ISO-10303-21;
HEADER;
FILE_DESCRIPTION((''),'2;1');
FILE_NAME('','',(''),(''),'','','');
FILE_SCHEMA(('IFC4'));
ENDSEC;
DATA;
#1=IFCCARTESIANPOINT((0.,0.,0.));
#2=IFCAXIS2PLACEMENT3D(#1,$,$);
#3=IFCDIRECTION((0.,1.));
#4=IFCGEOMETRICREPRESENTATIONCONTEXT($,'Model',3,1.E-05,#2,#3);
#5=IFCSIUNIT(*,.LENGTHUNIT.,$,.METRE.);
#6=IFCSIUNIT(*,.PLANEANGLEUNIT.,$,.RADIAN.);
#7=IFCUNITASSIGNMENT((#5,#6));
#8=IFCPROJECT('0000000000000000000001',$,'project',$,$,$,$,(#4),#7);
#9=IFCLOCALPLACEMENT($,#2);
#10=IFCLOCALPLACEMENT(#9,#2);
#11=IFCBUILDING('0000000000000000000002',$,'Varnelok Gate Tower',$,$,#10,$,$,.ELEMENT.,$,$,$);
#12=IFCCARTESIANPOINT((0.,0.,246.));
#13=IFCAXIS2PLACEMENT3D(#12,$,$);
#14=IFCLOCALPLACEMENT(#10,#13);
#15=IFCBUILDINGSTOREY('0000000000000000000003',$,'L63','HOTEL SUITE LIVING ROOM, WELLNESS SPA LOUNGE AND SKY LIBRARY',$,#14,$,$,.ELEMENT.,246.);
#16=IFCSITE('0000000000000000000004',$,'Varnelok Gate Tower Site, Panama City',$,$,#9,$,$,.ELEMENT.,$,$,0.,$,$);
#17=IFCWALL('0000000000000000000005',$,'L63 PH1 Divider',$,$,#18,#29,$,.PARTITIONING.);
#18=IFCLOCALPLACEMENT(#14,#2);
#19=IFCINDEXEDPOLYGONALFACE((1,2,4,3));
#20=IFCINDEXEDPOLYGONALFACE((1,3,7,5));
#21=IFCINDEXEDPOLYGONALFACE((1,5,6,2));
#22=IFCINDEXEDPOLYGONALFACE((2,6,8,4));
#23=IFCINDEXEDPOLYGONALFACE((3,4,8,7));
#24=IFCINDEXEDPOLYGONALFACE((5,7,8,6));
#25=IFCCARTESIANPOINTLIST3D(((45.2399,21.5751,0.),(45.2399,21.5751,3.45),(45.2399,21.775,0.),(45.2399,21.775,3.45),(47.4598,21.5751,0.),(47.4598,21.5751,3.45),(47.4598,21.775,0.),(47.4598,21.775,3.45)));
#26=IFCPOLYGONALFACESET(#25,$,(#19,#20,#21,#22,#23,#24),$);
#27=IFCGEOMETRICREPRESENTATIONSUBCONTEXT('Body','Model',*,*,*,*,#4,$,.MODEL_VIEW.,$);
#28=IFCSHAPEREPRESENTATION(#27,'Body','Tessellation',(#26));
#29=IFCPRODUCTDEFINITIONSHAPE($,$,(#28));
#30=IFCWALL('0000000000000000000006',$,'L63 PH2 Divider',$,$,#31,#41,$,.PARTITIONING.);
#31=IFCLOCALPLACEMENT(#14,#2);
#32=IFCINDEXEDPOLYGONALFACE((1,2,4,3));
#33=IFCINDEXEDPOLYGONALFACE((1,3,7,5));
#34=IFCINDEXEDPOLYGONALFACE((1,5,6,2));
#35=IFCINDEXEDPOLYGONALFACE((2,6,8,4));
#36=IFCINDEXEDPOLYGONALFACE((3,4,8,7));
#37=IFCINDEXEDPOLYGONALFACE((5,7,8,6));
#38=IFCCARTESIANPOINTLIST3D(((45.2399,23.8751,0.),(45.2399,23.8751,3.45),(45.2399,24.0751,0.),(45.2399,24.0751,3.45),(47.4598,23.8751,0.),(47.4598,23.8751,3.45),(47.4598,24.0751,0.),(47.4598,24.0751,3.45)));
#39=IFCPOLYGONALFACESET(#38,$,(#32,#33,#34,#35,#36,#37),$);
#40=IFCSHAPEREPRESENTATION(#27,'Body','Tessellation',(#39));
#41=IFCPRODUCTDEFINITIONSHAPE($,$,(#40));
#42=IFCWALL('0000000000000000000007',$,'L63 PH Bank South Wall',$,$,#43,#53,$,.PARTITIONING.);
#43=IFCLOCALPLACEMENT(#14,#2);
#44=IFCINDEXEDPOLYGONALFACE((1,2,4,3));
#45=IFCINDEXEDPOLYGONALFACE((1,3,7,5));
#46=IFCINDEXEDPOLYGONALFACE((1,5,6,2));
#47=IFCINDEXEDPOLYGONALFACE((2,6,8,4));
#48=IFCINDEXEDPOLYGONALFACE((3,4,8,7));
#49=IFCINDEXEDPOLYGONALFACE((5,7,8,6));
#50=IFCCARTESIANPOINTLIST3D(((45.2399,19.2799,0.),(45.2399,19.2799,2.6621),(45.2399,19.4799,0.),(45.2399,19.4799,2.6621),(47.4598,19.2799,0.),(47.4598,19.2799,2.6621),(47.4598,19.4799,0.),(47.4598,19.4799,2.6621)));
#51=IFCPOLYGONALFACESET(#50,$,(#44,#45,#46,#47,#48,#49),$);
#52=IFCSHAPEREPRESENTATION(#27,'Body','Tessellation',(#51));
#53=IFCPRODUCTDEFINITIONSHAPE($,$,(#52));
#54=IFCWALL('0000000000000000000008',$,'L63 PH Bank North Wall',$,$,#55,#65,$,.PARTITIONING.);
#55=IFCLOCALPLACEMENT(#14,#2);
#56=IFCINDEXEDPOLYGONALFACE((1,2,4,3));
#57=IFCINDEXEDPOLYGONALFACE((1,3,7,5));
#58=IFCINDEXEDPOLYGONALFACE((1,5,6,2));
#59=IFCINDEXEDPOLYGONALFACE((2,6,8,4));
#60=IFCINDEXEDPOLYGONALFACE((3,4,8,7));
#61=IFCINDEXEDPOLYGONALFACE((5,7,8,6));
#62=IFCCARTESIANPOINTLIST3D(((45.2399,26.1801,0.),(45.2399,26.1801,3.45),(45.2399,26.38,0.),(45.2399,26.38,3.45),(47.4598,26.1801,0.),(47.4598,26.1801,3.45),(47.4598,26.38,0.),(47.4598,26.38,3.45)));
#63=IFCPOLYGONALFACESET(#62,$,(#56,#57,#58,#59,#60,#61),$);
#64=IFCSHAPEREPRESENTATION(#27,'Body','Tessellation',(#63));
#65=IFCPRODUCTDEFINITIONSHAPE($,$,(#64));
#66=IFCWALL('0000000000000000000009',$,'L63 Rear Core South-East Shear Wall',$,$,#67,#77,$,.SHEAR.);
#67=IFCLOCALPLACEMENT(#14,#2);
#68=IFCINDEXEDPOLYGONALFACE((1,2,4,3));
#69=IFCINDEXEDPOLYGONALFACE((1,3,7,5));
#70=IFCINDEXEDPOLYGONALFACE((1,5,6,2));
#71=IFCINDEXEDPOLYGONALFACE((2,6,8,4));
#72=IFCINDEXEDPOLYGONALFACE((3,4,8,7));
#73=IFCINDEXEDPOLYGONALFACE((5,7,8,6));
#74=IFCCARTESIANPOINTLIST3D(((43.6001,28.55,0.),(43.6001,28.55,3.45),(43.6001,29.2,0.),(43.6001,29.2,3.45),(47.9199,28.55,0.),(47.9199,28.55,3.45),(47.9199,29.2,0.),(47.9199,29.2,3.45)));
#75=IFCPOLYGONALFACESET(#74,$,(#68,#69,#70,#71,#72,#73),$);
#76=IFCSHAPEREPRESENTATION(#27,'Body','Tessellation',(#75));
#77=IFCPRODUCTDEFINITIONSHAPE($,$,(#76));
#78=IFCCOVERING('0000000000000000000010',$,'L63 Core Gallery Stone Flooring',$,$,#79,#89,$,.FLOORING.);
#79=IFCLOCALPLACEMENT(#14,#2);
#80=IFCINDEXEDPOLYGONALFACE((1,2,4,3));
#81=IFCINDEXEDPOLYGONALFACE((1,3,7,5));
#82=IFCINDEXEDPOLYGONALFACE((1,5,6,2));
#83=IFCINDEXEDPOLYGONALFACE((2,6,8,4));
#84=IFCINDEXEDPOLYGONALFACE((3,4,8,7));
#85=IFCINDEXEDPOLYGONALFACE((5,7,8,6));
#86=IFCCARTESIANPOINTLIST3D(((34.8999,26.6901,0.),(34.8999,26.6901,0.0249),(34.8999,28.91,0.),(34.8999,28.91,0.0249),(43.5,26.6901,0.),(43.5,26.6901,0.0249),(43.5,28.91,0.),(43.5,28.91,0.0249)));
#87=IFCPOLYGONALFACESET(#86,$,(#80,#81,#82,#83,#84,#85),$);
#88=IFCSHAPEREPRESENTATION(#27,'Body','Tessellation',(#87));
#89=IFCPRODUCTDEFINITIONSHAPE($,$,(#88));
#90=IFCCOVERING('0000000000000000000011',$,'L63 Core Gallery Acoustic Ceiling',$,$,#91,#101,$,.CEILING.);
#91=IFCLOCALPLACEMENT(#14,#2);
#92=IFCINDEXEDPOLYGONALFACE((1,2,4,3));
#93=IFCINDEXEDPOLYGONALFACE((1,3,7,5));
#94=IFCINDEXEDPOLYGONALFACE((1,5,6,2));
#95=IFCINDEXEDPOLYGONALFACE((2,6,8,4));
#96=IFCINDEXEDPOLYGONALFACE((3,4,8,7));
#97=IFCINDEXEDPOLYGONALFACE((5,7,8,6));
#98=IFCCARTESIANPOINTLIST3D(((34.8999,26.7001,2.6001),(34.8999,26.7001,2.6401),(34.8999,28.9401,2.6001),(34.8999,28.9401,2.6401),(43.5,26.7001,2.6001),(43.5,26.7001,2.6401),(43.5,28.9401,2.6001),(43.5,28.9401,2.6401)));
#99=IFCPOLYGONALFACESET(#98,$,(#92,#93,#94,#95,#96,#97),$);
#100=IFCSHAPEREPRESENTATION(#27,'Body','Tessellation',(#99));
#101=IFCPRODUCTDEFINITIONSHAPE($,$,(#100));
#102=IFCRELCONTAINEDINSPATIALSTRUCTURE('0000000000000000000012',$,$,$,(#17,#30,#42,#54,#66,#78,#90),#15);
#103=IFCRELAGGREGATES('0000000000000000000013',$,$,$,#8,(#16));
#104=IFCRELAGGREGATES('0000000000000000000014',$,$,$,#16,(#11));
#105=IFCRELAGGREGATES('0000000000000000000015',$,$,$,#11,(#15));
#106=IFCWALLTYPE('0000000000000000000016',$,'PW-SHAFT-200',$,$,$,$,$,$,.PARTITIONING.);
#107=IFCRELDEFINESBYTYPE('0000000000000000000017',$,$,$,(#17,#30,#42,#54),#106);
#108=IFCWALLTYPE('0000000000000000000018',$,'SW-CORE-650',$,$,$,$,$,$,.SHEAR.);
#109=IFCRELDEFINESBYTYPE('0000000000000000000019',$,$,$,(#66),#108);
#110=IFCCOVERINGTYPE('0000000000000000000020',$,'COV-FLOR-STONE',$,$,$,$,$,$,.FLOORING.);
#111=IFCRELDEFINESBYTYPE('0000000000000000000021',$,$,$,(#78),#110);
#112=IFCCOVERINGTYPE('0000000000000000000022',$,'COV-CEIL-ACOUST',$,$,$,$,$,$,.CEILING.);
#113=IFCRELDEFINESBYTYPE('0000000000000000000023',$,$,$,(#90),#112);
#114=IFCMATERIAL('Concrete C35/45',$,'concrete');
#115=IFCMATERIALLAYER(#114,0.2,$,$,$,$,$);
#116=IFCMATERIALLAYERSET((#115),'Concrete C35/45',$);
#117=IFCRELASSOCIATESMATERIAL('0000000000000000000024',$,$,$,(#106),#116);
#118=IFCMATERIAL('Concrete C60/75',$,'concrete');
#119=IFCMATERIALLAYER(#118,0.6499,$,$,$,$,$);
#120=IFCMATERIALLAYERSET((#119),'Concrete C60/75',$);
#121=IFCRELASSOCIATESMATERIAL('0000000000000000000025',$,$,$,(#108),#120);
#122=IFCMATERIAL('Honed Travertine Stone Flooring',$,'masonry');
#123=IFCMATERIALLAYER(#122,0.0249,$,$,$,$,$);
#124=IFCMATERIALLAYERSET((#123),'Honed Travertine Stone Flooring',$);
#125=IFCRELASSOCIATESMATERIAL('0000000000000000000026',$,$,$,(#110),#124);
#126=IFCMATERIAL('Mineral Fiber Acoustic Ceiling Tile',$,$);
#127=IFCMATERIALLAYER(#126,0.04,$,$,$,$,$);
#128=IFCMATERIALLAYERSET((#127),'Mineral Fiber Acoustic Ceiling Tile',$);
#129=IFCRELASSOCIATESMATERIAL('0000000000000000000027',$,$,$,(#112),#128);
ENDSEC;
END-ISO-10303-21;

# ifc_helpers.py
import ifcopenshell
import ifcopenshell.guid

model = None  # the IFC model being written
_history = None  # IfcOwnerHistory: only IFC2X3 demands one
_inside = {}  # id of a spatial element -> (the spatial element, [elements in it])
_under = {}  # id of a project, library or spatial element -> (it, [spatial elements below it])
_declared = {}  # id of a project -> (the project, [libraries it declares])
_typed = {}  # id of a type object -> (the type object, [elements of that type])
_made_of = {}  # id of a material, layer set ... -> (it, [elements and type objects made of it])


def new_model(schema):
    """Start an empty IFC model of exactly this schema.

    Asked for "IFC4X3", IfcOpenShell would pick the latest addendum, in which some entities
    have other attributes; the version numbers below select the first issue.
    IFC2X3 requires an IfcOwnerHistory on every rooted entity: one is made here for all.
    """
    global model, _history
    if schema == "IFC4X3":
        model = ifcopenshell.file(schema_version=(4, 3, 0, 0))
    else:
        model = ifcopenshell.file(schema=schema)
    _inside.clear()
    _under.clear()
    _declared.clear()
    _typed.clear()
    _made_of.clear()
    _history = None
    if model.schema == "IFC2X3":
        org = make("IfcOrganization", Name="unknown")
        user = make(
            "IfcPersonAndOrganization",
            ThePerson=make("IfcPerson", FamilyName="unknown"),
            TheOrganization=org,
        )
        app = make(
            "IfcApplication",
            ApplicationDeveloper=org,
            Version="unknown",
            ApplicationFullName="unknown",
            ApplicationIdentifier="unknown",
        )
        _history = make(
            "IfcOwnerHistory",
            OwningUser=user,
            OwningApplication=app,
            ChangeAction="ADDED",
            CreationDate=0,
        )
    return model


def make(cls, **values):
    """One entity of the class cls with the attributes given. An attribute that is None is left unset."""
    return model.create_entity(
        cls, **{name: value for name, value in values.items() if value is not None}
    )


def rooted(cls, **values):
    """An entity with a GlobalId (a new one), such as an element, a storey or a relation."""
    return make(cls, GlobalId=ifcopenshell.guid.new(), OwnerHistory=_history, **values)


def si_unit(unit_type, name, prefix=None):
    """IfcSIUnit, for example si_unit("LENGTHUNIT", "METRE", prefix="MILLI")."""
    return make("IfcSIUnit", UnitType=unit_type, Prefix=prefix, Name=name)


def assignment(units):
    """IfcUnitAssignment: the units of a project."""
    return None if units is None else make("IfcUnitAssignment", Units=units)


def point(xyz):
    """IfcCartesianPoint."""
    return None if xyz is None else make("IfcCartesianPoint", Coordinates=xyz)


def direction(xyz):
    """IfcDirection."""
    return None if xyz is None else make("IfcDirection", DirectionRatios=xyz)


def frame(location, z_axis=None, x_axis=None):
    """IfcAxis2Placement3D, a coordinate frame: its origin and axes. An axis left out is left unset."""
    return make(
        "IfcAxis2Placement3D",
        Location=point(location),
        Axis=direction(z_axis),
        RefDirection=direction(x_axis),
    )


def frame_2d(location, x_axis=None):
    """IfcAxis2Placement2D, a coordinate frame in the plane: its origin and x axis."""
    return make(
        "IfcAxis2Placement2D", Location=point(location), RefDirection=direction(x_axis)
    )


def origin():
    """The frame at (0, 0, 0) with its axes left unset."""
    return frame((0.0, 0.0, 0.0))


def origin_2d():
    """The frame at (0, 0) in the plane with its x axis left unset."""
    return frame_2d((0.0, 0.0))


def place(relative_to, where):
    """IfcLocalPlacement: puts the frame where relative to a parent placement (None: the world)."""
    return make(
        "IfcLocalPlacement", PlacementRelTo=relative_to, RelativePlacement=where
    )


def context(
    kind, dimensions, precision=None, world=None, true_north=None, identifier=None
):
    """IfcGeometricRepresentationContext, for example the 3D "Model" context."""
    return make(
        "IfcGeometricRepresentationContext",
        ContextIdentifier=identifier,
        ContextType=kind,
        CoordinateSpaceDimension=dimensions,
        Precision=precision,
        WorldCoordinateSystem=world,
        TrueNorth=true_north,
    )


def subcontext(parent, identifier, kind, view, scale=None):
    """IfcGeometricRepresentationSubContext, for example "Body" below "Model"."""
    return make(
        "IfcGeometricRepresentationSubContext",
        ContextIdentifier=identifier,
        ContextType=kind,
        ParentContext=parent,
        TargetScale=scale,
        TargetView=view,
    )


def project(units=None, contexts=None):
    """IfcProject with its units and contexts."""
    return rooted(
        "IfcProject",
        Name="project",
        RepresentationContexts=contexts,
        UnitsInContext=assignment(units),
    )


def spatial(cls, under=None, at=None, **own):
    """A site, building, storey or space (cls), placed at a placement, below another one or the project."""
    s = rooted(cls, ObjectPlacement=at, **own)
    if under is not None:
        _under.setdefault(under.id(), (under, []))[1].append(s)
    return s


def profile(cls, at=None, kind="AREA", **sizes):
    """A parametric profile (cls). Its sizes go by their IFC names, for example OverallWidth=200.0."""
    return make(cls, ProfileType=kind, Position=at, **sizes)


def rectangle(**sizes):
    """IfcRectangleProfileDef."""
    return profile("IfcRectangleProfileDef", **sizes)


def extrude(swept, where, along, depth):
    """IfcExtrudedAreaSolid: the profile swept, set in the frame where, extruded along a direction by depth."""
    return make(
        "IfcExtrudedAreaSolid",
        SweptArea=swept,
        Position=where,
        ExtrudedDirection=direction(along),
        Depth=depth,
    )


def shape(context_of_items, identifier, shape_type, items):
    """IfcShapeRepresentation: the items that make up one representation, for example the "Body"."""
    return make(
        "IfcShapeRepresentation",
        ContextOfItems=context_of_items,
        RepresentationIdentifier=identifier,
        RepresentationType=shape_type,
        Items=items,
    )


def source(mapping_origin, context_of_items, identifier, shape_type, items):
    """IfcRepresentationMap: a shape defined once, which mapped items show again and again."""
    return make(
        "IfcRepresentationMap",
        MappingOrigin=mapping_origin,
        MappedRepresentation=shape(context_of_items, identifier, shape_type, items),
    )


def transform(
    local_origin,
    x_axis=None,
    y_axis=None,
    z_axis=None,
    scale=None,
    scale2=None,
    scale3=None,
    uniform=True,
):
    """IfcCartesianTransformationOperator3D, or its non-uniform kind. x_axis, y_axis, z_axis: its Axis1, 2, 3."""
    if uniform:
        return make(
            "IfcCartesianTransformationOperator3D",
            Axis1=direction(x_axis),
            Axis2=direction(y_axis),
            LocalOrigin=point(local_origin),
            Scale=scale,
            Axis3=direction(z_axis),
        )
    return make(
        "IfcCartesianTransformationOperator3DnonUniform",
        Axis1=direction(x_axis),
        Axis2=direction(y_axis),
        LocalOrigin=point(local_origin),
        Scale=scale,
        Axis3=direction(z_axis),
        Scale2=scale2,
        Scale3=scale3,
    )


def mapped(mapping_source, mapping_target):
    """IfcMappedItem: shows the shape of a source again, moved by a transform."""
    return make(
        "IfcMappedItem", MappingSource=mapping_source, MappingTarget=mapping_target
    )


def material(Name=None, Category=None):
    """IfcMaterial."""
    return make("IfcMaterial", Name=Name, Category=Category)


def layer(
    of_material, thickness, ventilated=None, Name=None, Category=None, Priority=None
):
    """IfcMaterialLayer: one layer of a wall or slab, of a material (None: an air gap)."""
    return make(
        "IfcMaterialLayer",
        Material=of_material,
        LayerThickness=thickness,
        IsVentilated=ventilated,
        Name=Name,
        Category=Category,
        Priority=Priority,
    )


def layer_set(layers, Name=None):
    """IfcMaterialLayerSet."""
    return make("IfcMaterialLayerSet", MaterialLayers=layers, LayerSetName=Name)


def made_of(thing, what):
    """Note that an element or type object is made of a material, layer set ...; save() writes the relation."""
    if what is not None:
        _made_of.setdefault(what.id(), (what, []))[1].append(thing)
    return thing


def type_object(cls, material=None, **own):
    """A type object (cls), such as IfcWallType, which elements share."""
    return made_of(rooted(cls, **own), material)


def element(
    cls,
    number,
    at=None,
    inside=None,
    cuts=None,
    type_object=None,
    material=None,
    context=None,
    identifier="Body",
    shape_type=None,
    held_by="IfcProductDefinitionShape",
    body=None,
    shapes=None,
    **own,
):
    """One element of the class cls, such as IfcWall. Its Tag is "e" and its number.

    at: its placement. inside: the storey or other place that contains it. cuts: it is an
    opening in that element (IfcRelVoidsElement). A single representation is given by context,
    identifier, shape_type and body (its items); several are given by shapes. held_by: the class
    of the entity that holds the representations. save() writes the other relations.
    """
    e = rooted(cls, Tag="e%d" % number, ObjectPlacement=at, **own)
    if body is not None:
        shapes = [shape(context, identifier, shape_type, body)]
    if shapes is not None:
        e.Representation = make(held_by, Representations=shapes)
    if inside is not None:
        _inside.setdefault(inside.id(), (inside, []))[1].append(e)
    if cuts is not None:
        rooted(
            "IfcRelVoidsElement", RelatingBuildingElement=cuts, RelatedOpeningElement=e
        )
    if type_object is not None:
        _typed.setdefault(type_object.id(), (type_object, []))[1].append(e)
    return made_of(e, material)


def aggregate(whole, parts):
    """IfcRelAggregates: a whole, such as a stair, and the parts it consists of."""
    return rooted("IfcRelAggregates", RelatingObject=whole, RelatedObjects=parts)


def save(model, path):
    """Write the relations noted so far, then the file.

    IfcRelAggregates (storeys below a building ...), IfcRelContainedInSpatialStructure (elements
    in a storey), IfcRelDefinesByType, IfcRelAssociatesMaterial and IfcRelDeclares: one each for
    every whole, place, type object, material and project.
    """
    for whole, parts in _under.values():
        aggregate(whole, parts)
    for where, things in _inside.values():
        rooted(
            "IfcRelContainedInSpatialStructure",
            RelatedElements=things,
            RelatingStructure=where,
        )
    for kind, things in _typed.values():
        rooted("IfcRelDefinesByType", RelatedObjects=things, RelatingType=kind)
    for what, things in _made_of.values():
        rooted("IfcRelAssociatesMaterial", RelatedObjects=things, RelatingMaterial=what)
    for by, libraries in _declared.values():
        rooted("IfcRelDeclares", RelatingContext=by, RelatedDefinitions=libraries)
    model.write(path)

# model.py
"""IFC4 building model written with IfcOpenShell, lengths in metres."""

from ifc_helpers import new_model, si_unit, direction, frame, frame_2d, origin, origin_2d, place, context, subcontext, project, spatial, rectangle, extrude, source, transform, mapped, material, layer, layer_set, type_object, element, save


model = new_model("IFC4")

# Units and contexts
model_context = context("Model", 3, precision=1e-05, world=origin(), true_north=direction((0.0, 1.0)))
body_context = subcontext(model_context, "Body", "Model", "MODEL_VIEW")
ifc_project = project(units=[si_unit("LENGTHUNIT", "METRE"), si_unit("PLANEANGLEUNIT", "RADIAN")], contexts=[model_context])

# Site, building, storey
site_placement = place(None, origin())
site = spatial("IfcSite", under=ifc_project, at=site_placement, Name="Varnelok Gate Tower Site, Panama City", CompositionType="ELEMENT", RefElevation=0.0)
building_placement = place(site_placement, origin())
building = spatial("IfcBuilding", under=site, at=building_placement, Name="Varnelok Gate Tower", CompositionType="ELEMENT")
storey_placement = place(building_placement, frame((0.0, 0.0, 246.0)))
storey = spatial("IfcBuildingStorey", under=building, at=storey_placement, Name="L63", Description="HOTEL SUITE LIVING ROOM, WELLNESS SPA LOUNGE AND SKY LIBRARY", CompositionType="ELEMENT", Elevation=246.0)

# Shared definitions
ifc_material_1 = material(Name="Concrete C60/75", Category="concrete")

# Walls
ifc_material_2 = material(Name="Concrete C35/45", Category="concrete")
ifc_layer_1 = layer(ifc_material_2, 0.2)
ifc_layer_set_1 = layer_set([ifc_layer_1], Name="Concrete C35/45")
wall_type_1 = type_object("IfcWallType", Name="PW-SHAFT-200", PredefinedType="PARTITIONING", material=ifc_layer_set_1)
for number, where, z_axis, x_axis, name in (
    (1, (45.24, 21.675, 0.0), (0.0, 0.0, 1.0), (1.0, 0.0, 0.0), "L63 PH1 Divider"),
    (2, (45.24, 23.9751, 0.0), (0.0, 0.0, 1.0), (1.0, 0.0, 0.0), "L63 PH2 Divider"),
):
    element("IfcWall", number, at=place(storey_placement, frame(where, z_axis=z_axis, x_axis=x_axis)), inside=storey, type_object=wall_type_1, Name=name, PredefinedType="PARTITIONING", context=body_context, shape_type="SweptSolid", body=[
        extrude(rectangle(XDim=2.22, YDim=0.2, at=frame_2d((1.1099, 0.0))), origin(), (0.0, 0.0, 1.0), 3.45),
    ])
wall_1_placement = place(storey_placement, frame((45.24, 19.3799, 0.0), z_axis=(0.0, 0.0, 1.0), x_axis=(1.0, 0.0, 0.0)))
element("IfcWall", 3, at=wall_1_placement, inside=storey, type_object=wall_type_1, Name="L63 PH Bank South Wall", PredefinedType="PARTITIONING", context=body_context, shape_type="SweptSolid", body=[
    extrude(rectangle(XDim=2.22, YDim=0.2, at=frame_2d((1.1099, 0.0))), origin(), (0.0, 0.0, 1.0), 2.6621),
])
wall_2_placement = place(storey_placement, frame((45.24, 26.28, 0.0), z_axis=(0.0, 0.0, 1.0), x_axis=(1.0, 0.0, 0.0)))
element("IfcWall", 4, at=wall_2_placement, inside=storey, type_object=wall_type_1, Name="L63 PH Bank North Wall", PredefinedType="PARTITIONING", context=body_context, shape_type="SweptSolid", body=[
    extrude(rectangle(XDim=2.22, YDim=0.2, at=frame_2d((1.1099, 0.0))), origin(), (0.0, 0.0, 1.0), 3.45),
])

# Wall
ifc_layer_2 = layer(ifc_material_1, 0.6499)
ifc_layer_set_2 = layer_set([ifc_layer_2], Name="Concrete C60/75")
wall_type_2 = type_object("IfcWallType", Name="SW-CORE-650", PredefinedType="SHEAR", material=ifc_layer_set_2)
wall_3_placement = place(storey_placement, frame((43.6001, 28.875, 0.0), z_axis=(0.0, 0.0, 1.0), x_axis=(1.0, 0.0, 0.0)))
element("IfcWall", 5, at=wall_3_placement, inside=storey, type_object=wall_type_2, Name="L63 Rear Core South-East Shear Wall", PredefinedType="SHEAR", context=body_context, shape_type="SweptSolid", body=[
    extrude(rectangle(XDim=4.3198, YDim=0.6499, at=frame_2d((2.1599, 0.0))), origin(), (0.0, 0.0, 1.0), 3.45),
])

# Coverings
ifc_material_3 = material(Name="Honed Travertine Stone Flooring", Category="masonry")
ifc_layer_3 = layer(ifc_material_3, 0.0249)
ifc_layer_set_3 = layer_set([ifc_layer_3], Name="Honed Travertine Stone Flooring")
covering_type_1 = type_object("IfcCoveringType", Name="COV-FLOR-STONE", PredefinedType="FLOORING", material=ifc_layer_set_3)
shared_shape_1 = source(origin(), body_context, "Body", "SweptSolid", [
    extrude(rectangle(XDim=8.6001, YDim=2.22, at=origin_2d()), origin(), (0.0, 0.0, 1.0), 0.0249),
])
covering_1_placement = place(storey_placement, frame((39.2, 27.8, 0.0), z_axis=(0.0, 0.0, 1.0), x_axis=(1.0, 0.0, 0.0)))
element("IfcCovering", 6, at=covering_1_placement, inside=storey, type_object=covering_type_1, Name="L63 Core Gallery Stone Flooring", PredefinedType="FLOORING", context=body_context, shape_type="MappedRepresentation", body=[
    mapped(shared_shape_1, transform((0.0, 0.0, 0.0), scale=1.0)),
])
ifc_material_4 = material(Name="Mineral Fiber Acoustic Ceiling Tile")
ifc_layer_4 = layer(ifc_material_4, 0.04)
ifc_layer_set_4 = layer_set([ifc_layer_4], Name="Mineral Fiber Acoustic Ceiling Tile")
covering_type_2 = type_object("IfcCoveringType", Name="COV-CEIL-ACOUST", PredefinedType="CEILING", material=ifc_layer_set_4)
shared_shape_2 = source(origin(), body_context, "Body", "SweptSolid", [
    extrude(rectangle(XDim=8.6001, YDim=2.24, at=origin_2d()), origin(), (0.0, 0.0, 1.0), 0.04),
])
covering_2_placement = place(storey_placement, frame((39.2, 27.8201, 2.6001), z_axis=(0.0, 0.0, 1.0), x_axis=(1.0, 0.0, 0.0)))
element("IfcCovering", 7, at=covering_2_placement, inside=storey, type_object=covering_type_2, Name="L63 Core Gallery Acoustic Ceiling", PredefinedType="CEILING", context=body_context, shape_type="MappedRepresentation", body=[
    mapped(shared_shape_2, transform((0.0, 0.0, 0.0), scale=1.0)),
])

save(model, "model.ifc")
